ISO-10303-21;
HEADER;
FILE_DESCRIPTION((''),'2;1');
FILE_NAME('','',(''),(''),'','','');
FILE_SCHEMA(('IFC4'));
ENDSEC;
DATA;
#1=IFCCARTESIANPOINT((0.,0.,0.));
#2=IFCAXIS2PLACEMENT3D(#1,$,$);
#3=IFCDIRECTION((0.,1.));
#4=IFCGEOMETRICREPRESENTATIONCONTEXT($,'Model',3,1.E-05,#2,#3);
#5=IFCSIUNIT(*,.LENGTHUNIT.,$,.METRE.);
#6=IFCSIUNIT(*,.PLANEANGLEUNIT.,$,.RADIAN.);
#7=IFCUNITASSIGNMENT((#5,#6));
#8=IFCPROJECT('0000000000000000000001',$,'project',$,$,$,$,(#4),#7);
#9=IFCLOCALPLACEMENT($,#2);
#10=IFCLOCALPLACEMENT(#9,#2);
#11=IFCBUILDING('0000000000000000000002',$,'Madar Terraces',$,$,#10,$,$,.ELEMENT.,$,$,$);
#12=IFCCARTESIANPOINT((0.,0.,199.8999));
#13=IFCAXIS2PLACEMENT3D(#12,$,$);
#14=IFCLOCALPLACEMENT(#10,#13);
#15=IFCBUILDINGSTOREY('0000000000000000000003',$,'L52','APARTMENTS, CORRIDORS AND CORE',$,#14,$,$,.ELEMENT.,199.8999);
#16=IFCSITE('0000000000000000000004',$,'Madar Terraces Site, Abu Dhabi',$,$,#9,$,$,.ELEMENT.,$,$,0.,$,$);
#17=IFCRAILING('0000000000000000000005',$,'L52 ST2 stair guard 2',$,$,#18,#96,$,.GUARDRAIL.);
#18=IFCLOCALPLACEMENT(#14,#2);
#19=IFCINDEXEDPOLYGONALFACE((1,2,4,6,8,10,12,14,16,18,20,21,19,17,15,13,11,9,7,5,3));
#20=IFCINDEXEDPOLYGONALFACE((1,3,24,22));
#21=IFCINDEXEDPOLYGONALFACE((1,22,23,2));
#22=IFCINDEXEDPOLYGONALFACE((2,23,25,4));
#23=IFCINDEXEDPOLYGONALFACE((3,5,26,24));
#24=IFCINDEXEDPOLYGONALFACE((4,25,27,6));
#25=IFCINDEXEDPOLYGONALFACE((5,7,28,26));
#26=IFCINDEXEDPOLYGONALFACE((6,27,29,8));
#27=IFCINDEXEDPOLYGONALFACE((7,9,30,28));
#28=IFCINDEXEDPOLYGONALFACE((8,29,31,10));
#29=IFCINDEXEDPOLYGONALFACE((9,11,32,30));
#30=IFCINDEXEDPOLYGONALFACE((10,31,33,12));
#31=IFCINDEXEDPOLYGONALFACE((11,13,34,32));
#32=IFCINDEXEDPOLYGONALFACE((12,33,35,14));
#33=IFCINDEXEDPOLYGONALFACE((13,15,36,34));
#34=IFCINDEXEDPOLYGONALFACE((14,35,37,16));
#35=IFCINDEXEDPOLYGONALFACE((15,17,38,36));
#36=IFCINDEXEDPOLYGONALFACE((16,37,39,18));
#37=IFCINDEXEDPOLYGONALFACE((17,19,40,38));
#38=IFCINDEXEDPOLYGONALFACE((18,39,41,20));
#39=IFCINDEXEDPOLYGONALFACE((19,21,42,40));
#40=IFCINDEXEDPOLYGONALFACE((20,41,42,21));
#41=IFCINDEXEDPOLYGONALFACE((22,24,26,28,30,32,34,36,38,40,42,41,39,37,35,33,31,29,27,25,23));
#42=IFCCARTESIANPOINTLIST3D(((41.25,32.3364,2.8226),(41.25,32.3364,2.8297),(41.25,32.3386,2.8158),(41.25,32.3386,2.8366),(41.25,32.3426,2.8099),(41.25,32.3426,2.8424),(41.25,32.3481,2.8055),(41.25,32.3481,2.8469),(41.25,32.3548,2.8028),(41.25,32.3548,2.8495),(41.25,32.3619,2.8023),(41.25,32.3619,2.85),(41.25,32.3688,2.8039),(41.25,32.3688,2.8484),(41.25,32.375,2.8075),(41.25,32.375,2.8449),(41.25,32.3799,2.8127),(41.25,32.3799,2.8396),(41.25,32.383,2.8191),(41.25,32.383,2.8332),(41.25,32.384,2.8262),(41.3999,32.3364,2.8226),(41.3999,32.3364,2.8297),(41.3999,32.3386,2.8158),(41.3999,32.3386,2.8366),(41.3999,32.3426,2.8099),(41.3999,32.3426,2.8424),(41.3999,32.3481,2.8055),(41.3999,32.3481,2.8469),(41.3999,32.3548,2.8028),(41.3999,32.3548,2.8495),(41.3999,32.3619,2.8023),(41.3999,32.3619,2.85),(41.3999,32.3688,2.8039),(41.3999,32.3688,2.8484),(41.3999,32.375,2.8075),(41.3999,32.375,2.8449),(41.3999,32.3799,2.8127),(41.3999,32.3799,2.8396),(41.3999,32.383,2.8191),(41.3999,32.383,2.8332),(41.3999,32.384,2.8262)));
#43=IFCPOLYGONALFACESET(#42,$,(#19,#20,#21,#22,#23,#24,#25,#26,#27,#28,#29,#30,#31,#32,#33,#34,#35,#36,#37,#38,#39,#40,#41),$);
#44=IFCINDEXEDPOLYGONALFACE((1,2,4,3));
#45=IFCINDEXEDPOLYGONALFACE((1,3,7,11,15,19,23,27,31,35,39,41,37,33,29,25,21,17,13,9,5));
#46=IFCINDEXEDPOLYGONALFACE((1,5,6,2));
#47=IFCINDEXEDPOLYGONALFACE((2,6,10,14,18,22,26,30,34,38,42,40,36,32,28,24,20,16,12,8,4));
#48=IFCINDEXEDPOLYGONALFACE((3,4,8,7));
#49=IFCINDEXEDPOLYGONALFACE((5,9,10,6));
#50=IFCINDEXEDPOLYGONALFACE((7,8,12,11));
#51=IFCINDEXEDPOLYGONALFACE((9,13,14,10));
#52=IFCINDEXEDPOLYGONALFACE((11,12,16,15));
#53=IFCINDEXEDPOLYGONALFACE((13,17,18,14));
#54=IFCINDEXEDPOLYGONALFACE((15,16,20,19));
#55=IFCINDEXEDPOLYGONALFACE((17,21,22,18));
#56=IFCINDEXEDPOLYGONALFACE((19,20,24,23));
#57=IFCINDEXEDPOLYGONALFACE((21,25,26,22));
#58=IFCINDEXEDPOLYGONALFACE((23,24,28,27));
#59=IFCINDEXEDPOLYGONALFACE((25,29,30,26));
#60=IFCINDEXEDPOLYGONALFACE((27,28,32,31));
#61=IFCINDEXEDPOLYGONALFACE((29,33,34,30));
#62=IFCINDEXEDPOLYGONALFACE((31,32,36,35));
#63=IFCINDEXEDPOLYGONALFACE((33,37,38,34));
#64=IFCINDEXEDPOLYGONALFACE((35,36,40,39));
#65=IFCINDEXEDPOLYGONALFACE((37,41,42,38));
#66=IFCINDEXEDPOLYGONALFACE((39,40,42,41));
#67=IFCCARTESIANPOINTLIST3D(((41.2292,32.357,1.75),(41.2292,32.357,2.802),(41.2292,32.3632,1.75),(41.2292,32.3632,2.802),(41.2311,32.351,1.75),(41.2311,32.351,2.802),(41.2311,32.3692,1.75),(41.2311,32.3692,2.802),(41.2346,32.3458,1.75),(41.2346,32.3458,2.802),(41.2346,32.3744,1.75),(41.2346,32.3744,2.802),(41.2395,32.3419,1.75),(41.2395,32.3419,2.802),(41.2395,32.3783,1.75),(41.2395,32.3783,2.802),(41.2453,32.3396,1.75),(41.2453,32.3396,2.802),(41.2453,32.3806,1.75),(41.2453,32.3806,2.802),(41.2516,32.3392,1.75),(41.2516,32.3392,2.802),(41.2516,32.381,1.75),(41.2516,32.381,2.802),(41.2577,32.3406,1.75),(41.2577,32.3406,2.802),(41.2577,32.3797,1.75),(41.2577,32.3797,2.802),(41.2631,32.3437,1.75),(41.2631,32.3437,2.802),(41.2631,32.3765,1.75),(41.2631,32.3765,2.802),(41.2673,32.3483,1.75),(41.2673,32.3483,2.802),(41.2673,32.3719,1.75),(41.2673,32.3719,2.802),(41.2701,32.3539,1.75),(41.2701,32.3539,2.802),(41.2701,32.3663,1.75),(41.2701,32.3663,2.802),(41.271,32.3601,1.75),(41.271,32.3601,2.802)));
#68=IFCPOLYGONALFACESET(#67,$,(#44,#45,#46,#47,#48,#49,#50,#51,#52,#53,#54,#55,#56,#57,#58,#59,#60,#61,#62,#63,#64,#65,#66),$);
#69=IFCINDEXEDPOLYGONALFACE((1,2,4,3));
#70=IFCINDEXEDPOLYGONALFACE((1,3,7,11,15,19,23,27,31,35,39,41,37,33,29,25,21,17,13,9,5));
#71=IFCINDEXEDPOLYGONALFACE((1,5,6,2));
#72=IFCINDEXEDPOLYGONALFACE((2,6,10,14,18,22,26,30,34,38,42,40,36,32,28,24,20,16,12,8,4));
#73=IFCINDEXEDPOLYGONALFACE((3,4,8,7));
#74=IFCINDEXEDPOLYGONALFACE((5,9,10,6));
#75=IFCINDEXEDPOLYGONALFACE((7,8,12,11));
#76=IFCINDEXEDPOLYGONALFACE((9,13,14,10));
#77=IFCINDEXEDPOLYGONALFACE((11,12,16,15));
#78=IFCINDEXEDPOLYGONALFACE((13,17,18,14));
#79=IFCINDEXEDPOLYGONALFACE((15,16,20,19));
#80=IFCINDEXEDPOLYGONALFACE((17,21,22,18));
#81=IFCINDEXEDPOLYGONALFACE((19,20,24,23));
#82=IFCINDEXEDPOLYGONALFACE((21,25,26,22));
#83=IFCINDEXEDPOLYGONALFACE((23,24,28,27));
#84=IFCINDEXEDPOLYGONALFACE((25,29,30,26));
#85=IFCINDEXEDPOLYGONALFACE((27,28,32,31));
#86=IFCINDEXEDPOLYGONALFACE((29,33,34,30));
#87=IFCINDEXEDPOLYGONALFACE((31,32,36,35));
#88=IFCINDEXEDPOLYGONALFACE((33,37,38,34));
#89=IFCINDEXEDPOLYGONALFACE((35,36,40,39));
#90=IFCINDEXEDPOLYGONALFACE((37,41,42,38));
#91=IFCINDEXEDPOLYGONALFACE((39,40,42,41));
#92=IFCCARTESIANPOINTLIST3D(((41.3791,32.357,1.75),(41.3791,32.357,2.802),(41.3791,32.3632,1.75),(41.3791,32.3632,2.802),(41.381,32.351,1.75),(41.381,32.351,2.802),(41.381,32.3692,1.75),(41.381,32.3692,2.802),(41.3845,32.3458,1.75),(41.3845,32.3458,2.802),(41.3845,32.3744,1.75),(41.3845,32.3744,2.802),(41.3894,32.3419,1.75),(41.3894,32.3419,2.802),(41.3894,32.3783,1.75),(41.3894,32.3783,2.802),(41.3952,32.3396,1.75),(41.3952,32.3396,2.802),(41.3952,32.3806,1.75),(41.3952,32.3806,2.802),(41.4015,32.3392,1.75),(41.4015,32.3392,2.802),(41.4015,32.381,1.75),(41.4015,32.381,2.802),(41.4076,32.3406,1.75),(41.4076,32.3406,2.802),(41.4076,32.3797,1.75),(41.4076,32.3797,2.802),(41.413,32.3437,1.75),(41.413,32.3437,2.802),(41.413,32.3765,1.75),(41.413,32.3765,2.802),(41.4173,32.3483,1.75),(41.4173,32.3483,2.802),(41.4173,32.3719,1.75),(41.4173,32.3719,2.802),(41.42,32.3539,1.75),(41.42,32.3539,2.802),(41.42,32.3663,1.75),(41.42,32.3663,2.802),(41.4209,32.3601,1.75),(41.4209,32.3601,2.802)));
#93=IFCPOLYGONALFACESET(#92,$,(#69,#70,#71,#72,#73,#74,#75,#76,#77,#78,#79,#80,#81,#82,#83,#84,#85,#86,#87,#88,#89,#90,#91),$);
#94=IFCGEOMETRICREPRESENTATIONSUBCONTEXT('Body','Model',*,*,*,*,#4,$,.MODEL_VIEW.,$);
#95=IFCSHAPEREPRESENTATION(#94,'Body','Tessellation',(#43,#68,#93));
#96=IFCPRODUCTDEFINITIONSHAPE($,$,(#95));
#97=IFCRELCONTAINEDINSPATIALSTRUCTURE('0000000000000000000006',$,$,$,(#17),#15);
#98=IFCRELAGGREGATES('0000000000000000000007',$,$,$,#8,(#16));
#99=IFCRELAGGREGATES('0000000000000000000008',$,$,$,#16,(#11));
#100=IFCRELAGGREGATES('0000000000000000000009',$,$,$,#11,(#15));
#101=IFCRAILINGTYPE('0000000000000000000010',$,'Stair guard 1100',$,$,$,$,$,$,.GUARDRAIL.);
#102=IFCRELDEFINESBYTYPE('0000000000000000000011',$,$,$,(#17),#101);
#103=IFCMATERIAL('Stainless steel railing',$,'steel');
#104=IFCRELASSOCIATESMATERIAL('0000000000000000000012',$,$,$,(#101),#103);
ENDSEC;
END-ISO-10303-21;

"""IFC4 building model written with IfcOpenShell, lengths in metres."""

from ifc_helpers import new_model, si_unit, direction, frame, origin, origin_2d, place, context, subcontext, project, spatial, circle, extrude, material, type_object, element, save


model = new_model("IFC4")

# Units and contexts
model_context = context("Model", 3, precision=1e-05, world=origin(), true_north=direction((0.0, 1.0)))
body_context = subcontext(model_context, "Body", "Model", "MODEL_VIEW")
ifc_project = project(units=[si_unit("LENGTHUNIT", "METRE"), si_unit("PLANEANGLEUNIT", "RADIAN")], contexts=[model_context])

# Site, building, storey
site_placement = place(None, origin())
site = spatial("IfcSite", under=ifc_project, at=site_placement, Name="Madar Terraces Site, Abu Dhabi", CompositionType="ELEMENT", RefElevation=0.0)
building_placement = place(site_placement, origin())
building = spatial("IfcBuilding", under=site, at=building_placement, Name="Madar Terraces", CompositionType="ELEMENT")
storey_placement = place(building_placement, frame((0.0, 0.0, 199.8999)))
storey = spatial("IfcBuildingStorey", under=building, at=storey_placement, Name="L52", Description="APARTMENTS, CORRIDORS AND CORE", CompositionType="ELEMENT", Elevation=199.8999)

# Railing
ifc_material_1 = material(Name="Stainless steel railing", Category="steel")
railing_type_1 = type_object("IfcRailingType", Name="Stair guard 1100", PredefinedType="GUARDRAIL", material=ifc_material_1)
railing_1_placement = place(storey_placement, frame((41.25, 32.3601, 1.75)))
element("IfcRailing", 1, at=railing_1_placement, inside=storey, type_object=railing_type_1, Name="L52 ST2 stair guard 2", PredefinedType="GUARDRAIL", context=body_context, shape_type="SweptSolid", body=[
    extrude(circle(Radius=0.0239, at=origin_2d()), frame((0.0, 0.0, 1.0762), z_axis=(1.0, 0.0, 0.0), x_axis=(0.0, 1.0, 0.0)), (0.0, 0.0, 1.0), 0.1499),
    extrude(circle(Radius=0.021, at=origin_2d()), origin(), (0.0, 0.0, 1.0), 1.052),
    extrude(circle(Radius=0.021, at=origin_2d()), frame((0.1499, 0.0, 0.0)), (0.0, 0.0, 1.0), 1.052),
])

save(model, "model.ifc")
